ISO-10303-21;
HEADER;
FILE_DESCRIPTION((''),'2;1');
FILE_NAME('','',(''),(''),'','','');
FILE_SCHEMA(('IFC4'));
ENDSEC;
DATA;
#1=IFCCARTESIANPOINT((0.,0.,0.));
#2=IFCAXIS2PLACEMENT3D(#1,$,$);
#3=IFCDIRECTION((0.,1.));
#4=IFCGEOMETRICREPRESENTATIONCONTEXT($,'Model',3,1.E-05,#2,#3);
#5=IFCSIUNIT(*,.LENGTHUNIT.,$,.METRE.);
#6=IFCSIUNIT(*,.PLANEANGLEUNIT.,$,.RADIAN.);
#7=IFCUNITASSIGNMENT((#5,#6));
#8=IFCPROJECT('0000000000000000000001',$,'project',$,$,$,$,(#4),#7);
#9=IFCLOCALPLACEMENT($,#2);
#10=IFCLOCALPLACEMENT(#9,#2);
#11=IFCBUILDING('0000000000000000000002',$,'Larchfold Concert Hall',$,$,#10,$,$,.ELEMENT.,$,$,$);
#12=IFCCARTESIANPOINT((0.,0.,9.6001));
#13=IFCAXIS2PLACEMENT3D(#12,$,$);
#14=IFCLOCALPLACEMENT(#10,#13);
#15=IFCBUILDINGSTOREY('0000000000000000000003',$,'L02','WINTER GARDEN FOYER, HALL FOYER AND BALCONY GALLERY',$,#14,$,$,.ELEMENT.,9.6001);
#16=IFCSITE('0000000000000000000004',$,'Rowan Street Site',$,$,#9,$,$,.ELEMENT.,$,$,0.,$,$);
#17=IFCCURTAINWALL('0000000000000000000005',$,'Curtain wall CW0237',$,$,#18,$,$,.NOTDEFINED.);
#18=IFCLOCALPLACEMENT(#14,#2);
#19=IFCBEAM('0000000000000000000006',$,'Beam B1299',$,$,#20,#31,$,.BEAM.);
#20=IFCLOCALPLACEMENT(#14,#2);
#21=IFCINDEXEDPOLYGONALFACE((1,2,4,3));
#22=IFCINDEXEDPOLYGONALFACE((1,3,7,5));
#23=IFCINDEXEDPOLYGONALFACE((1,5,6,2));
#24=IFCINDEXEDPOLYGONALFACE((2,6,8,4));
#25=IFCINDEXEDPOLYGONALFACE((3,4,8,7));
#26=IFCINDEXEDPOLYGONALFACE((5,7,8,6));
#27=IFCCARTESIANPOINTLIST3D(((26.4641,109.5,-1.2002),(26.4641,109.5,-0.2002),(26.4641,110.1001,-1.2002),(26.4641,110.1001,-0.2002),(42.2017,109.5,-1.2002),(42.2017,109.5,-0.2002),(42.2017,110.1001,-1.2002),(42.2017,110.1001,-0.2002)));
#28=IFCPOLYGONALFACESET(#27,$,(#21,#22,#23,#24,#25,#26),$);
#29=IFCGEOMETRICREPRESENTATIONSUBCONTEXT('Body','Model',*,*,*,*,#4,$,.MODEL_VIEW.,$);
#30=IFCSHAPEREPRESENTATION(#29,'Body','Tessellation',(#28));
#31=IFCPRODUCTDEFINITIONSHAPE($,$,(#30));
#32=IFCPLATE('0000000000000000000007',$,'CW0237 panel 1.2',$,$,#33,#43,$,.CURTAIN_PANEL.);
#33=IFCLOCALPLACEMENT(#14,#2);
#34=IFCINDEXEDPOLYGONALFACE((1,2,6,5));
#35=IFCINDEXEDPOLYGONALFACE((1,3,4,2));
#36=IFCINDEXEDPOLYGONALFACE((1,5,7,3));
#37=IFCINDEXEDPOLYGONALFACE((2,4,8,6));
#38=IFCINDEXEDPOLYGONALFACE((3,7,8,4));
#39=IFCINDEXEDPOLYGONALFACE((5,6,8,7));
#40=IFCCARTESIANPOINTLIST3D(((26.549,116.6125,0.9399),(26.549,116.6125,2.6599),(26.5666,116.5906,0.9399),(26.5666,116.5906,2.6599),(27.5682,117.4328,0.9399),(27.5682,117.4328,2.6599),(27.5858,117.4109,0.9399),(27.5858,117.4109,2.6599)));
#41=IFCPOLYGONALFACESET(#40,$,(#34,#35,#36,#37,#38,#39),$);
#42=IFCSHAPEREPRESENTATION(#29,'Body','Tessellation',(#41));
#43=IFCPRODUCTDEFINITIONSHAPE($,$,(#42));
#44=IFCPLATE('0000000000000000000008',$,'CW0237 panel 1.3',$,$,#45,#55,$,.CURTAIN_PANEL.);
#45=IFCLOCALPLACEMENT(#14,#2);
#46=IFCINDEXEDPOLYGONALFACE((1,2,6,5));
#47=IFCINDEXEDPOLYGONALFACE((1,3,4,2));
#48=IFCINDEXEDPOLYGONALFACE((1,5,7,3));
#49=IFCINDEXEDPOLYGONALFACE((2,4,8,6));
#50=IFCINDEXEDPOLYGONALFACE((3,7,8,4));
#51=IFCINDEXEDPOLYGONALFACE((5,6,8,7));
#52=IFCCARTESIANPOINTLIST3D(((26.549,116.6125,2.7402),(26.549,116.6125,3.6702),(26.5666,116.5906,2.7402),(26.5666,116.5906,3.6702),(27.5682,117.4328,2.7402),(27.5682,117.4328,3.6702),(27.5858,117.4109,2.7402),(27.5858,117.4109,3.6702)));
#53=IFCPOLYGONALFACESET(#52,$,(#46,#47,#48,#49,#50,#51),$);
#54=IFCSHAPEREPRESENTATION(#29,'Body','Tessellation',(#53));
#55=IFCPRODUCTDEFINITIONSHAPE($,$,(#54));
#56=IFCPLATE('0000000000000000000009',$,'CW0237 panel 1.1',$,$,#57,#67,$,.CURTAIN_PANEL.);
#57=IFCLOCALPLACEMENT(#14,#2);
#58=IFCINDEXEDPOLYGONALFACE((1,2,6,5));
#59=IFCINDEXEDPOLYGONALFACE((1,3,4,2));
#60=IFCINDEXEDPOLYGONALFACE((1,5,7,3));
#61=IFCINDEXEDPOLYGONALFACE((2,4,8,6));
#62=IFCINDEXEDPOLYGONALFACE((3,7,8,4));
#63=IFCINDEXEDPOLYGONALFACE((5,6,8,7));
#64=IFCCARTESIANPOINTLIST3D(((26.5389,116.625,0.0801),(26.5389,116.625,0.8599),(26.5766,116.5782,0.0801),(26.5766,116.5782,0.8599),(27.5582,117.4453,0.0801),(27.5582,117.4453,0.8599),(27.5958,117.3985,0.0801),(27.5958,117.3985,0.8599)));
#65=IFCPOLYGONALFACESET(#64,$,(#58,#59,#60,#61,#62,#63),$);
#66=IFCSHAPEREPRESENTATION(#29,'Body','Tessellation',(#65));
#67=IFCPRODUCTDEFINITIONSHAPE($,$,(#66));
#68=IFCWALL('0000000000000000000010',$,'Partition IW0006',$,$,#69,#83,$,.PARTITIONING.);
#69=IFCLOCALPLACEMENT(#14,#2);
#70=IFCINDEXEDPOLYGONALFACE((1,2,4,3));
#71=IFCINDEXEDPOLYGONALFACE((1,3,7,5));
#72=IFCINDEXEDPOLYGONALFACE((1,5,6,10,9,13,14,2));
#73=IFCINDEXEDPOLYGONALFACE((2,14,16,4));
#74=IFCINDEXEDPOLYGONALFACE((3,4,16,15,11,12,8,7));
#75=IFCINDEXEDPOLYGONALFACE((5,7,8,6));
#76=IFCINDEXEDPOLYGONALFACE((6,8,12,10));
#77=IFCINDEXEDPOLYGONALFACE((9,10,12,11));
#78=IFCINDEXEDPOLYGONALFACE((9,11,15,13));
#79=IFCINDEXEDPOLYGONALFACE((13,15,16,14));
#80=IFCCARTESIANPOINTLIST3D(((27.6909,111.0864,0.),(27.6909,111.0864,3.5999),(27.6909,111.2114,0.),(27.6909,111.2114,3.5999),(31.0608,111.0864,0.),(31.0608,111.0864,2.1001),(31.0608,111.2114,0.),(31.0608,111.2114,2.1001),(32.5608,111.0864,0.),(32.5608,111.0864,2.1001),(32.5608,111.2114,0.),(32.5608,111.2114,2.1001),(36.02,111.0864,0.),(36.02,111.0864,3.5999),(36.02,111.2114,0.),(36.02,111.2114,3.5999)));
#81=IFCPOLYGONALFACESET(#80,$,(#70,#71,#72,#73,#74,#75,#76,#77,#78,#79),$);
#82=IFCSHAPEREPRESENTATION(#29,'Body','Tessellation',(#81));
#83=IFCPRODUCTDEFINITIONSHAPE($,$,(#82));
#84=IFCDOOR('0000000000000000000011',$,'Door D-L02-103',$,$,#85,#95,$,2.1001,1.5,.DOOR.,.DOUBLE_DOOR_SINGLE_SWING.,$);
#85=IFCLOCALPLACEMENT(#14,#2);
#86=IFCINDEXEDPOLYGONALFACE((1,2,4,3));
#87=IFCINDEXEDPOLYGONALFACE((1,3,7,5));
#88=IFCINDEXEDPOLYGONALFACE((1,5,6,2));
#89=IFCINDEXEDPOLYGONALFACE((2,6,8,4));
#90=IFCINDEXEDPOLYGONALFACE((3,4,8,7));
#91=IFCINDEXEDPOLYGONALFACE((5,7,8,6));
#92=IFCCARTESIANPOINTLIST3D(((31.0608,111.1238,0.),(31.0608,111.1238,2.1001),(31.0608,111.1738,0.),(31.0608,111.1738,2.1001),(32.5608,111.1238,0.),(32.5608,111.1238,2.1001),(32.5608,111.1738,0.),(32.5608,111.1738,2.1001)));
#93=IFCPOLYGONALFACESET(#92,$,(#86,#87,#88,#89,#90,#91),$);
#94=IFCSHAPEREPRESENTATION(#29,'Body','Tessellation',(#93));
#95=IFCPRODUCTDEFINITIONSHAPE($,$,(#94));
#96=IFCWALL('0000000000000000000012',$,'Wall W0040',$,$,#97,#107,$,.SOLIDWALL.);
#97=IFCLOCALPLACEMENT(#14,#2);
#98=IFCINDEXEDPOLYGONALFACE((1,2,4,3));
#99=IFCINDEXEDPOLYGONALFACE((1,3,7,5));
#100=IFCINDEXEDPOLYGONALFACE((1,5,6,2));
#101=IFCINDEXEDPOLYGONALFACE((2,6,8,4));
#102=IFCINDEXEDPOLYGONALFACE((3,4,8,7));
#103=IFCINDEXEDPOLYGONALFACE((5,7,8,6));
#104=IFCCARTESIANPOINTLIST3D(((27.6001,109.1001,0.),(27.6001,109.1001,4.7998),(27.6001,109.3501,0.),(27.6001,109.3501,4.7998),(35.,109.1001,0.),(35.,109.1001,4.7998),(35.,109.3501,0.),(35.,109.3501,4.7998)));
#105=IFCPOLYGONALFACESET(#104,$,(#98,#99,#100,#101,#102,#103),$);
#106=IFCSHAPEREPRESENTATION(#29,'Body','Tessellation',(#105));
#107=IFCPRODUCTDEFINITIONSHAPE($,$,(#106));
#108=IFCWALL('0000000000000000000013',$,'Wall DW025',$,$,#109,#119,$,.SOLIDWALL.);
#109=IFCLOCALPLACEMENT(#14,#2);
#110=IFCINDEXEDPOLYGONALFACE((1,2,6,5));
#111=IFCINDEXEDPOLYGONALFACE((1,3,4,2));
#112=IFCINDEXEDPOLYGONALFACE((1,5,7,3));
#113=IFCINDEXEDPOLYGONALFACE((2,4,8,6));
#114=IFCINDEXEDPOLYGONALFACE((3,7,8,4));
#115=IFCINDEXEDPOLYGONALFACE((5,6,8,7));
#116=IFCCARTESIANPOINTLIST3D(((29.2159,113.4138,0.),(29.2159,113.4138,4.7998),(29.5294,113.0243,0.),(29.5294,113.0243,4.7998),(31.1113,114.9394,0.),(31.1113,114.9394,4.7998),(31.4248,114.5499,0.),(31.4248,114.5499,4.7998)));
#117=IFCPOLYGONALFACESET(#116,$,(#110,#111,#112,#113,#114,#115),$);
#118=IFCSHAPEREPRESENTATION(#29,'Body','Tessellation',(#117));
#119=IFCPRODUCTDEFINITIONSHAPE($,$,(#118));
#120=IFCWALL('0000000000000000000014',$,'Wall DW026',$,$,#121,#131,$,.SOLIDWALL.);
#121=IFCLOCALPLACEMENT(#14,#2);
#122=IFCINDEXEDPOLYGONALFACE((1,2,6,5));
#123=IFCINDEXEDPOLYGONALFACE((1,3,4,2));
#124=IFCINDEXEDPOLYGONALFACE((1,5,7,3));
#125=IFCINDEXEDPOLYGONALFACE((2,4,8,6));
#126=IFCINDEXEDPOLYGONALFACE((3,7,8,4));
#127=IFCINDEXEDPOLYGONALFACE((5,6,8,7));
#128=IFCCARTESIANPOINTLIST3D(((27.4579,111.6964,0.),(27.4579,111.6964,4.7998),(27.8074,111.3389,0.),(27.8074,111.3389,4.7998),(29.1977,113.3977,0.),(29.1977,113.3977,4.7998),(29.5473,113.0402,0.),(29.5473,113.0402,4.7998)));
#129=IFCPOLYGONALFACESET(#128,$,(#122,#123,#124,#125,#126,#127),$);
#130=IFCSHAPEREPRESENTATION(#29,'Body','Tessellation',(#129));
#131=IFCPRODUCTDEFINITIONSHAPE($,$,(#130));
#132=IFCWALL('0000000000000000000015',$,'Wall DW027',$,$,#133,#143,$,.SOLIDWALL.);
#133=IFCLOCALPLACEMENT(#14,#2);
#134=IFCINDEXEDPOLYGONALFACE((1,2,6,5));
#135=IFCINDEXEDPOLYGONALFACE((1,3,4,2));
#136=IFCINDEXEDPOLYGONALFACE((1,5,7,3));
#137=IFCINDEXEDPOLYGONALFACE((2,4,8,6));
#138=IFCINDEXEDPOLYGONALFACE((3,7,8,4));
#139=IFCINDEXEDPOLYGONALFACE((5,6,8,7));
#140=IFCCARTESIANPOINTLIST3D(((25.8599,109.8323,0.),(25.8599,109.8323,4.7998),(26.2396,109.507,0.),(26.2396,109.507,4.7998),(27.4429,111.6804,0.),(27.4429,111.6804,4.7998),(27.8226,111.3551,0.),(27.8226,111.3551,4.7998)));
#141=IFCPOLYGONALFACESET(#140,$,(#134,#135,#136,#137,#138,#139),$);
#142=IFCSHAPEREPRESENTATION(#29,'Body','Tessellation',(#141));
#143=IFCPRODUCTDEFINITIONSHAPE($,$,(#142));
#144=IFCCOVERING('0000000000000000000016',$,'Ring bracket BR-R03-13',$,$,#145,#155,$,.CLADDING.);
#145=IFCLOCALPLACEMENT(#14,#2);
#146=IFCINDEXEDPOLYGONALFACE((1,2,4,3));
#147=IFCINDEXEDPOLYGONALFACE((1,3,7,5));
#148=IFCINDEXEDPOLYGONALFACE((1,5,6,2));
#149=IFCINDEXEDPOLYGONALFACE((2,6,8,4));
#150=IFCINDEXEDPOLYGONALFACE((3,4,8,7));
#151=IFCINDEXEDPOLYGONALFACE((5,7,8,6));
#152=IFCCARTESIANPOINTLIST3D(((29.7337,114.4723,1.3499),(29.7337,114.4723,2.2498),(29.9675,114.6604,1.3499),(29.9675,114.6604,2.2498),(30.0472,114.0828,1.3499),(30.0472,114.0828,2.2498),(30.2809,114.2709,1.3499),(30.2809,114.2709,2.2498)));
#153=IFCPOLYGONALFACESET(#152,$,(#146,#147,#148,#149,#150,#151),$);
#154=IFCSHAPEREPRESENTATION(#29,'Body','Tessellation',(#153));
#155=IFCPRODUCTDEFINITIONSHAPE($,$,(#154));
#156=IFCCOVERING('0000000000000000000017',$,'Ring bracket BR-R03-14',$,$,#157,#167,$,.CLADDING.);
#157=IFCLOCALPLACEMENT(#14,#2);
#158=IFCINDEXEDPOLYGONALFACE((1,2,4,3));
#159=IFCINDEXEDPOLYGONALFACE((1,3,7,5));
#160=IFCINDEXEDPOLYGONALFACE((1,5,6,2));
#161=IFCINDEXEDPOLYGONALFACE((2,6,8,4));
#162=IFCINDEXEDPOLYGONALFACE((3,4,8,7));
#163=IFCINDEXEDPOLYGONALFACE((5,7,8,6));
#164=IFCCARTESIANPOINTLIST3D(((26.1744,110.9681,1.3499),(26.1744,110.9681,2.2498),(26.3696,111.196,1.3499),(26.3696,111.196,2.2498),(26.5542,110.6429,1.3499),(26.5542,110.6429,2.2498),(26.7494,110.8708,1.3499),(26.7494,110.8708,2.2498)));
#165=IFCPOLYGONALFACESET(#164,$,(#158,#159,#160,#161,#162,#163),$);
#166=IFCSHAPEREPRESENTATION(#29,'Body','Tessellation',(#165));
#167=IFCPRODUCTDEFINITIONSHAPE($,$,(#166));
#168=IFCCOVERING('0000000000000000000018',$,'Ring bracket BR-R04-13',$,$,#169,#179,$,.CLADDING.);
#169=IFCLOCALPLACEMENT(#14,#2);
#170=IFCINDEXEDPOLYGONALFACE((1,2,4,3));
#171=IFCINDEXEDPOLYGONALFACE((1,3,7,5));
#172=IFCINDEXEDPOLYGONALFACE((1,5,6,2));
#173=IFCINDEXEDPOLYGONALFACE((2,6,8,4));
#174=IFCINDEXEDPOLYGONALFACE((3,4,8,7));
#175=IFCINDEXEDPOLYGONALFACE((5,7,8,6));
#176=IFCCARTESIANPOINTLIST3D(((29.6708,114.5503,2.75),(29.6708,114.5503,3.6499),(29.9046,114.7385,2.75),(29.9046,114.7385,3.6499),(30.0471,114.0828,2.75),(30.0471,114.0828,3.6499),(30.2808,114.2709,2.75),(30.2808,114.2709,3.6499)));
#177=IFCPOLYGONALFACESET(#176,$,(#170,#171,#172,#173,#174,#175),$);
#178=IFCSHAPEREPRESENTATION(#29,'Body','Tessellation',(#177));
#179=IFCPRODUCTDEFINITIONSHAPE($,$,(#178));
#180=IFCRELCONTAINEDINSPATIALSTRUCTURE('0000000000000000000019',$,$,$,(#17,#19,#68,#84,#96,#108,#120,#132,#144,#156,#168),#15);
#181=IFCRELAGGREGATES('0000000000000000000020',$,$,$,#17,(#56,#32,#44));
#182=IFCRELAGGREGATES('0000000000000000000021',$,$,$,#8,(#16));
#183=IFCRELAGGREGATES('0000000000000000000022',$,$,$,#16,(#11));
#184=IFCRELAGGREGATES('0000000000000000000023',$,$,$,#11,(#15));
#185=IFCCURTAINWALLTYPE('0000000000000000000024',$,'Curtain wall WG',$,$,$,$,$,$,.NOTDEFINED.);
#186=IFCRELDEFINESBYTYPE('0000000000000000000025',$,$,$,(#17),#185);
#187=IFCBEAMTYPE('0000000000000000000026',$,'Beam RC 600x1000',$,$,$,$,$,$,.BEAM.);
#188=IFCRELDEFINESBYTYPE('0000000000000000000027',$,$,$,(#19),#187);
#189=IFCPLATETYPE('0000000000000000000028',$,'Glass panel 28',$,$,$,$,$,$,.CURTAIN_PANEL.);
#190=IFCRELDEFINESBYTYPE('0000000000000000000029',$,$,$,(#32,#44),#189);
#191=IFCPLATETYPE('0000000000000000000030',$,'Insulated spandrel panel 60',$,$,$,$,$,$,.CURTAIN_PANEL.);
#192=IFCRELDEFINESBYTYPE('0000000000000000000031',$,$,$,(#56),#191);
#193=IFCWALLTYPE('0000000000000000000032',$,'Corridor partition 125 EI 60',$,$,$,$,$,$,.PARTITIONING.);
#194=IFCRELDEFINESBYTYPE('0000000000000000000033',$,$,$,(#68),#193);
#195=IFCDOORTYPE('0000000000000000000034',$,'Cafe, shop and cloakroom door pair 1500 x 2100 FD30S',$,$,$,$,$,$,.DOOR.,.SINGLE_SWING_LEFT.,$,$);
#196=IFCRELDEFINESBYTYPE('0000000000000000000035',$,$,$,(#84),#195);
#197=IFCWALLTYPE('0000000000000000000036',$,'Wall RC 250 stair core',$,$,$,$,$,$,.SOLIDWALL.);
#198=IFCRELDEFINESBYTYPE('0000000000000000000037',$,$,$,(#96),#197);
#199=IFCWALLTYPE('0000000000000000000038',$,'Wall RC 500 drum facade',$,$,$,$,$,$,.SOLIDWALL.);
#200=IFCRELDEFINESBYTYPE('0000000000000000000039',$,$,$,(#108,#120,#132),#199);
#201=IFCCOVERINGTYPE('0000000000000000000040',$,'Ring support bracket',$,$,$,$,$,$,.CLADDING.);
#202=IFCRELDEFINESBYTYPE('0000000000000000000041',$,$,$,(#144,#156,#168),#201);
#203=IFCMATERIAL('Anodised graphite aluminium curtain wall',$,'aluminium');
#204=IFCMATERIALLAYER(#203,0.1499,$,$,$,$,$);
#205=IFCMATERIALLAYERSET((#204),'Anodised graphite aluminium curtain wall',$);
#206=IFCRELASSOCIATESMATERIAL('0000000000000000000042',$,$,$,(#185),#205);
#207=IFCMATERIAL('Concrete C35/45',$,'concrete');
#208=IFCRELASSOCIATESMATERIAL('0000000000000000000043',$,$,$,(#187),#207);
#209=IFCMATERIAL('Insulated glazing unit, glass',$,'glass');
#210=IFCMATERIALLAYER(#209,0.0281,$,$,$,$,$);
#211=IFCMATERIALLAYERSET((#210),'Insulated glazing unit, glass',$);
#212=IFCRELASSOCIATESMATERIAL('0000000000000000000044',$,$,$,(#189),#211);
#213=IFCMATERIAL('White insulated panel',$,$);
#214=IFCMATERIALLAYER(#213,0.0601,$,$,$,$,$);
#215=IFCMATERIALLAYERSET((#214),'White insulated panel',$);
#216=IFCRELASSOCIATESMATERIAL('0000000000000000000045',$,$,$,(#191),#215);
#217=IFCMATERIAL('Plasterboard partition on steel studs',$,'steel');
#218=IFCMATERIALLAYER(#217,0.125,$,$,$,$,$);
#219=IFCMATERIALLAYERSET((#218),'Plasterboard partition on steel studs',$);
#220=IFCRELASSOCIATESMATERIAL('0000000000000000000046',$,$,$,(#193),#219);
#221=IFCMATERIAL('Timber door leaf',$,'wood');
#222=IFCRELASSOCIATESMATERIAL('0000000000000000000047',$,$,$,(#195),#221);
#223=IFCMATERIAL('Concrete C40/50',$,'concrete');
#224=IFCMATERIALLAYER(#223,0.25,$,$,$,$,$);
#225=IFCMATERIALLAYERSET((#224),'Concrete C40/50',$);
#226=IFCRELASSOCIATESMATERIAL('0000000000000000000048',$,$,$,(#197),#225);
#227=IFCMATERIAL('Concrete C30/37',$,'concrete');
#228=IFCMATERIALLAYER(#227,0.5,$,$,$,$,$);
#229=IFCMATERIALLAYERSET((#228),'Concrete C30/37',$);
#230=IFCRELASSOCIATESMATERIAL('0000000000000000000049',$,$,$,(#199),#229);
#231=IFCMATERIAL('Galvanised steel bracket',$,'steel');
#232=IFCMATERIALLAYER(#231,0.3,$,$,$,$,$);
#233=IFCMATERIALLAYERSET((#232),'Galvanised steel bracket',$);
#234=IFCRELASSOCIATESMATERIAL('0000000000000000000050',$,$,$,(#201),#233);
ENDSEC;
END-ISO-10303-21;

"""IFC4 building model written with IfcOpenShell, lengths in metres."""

from ifc_helpers import new_model, si_unit, direction, frame, frame_2d, origin, origin_2d, place, context, subcontext, project, spatial, rectangle, extrude, material, layer, layer_set, material_profile, profile_set, type_object, element, fill, aggregate, save


model = new_model("IFC4")

# Units and contexts
model_context = context("Model", 3, precision=1e-05, world=origin(), true_north=direction((0.0, 1.0)))
body_context = subcontext(model_context, "Body", "Model", "MODEL_VIEW")
ifc_project = project(units=[si_unit("LENGTHUNIT", "METRE"), si_unit("PLANEANGLEUNIT", "RADIAN")], contexts=[model_context])

# Site, building, storey
site_placement = place(None, origin())
site = spatial("IfcSite", under=ifc_project, at=site_placement, Name="Rowan Street Site", CompositionType="ELEMENT", RefElevation=0.0)
building_placement = place(site_placement, origin())
building = spatial("IfcBuilding", under=site, at=building_placement, Name="Larchfold Concert Hall", CompositionType="ELEMENT")
storey_placement = place(building_placement, frame((0.0, 0.0, 9.6001)))
storey = spatial("IfcBuildingStorey", under=building, at=storey_placement, Name="L02", Description="WINTER GARDEN FOYER, HALL FOYER AND BALCONY GALLERY", CompositionType="ELEMENT", Elevation=9.6001)

# Shared definitions
ifc_material_1 = material(Name="Anodised graphite aluminium curtain wall", Category="aluminium")
ifc_layer_1 = layer(ifc_material_1, 0.1499)
ifc_layer_set_1 = layer_set([ifc_layer_1], Name="Anodised graphite aluminium curtain wall")
curtain_wall_type = type_object("IfcCurtainWallType", Name="Curtain wall WG", PredefinedType="NOTDEFINED", material=ifc_layer_set_1)

# Curtain wall
curtain_wall_1_placement = place(storey_placement, origin())
curtain_wall_1 = element("IfcCurtainWall", 1, at=curtain_wall_1_placement, inside=storey, type_object=curtain_wall_type, Name="Curtain wall CW0237", PredefinedType="NOTDEFINED")

# Beam
ifc_material_2 = material(Name="Concrete C35/45", Category="concrete")
ifc_material_profile_1 = material_profile(ifc_material_2, rectangle(XDim=0.6001, YDim=1.0, at=origin_2d()))
ifc_profile_set_1 = profile_set([ifc_material_profile_1], Name="Concrete C35/45")
beam_type_1 = type_object("IfcBeamType", Name="Beam RC 600x1000", PredefinedType="BEAM", material=ifc_profile_set_1)
beam_1_placement = place(storey_placement, frame((26.4641, 109.8, -0.7002), z_axis=(1.0, 0.0, 0.0), x_axis=(0.0, 1.0, 0.0)))
element("IfcBeam", 2, at=beam_1_placement, inside=storey, type_object=beam_type_1, Name="Beam B1299", PredefinedType="BEAM", context=body_context, shape_type="SweptSolid", body=[
    extrude(rectangle(XDim=0.6001, YDim=1.0, at=origin_2d()), origin(), (0.0, 0.0, 1.0), 15.7375),
])

# Plates
ifc_material_3 = material(Name="Insulated glazing unit, glass", Category="glass")
ifc_layer_2 = layer(ifc_material_3, 0.0281)
ifc_layer_set_2 = layer_set([ifc_layer_2], Name="Insulated glazing unit, glass")
plate_type_1 = type_object("IfcPlateType", Name="Glass panel 28", PredefinedType="CURTAIN_PANEL", material=ifc_layer_set_2)
plate_1_placement = place(storey_placement, frame((27.0674, 117.0117, 0.9399), z_axis=(0.0, 0.0, 1.0), x_axis=(0.779043, 0.626971, 0.0)))
plate_1 = element("IfcPlate", 3, at=plate_1_placement, type_object=plate_type_1, Name="CW0237 panel 1.2", PredefinedType="CURTAIN_PANEL", context=body_context, shape_type="SweptSolid", body=[
    extrude(rectangle(XDim=1.3083, YDim=0.0281, at=origin_2d()), origin(), (0.0, 0.0, 1.0), 1.72),
])
plate_2_placement = place(storey_placement, frame((27.0674, 117.0117, 2.7402), z_axis=(0.0, 0.0, 1.0), x_axis=(0.779043, 0.626971, 0.0)))
plate_2 = element("IfcPlate", 4, at=plate_2_placement, type_object=plate_type_1, Name="CW0237 panel 1.3", PredefinedType="CURTAIN_PANEL", context=body_context, shape_type="SweptSolid", body=[
    extrude(rectangle(XDim=1.3083, YDim=0.0281, at=origin_2d()), origin(), (0.0, 0.0, 1.0), 0.9299),
])
ifc_material_4 = material(Name="White insulated panel")
ifc_layer_3 = layer(ifc_material_4, 0.0601)
ifc_layer_set_3 = layer_set([ifc_layer_3], Name="White insulated panel")
plate_type_2 = type_object("IfcPlateType", Name="Insulated spandrel panel 60", PredefinedType="CURTAIN_PANEL", material=ifc_layer_set_3)
plate_3_placement = place(storey_placement, frame((27.0674, 117.0117, 0.0801), z_axis=(0.0, 0.0, 1.0), x_axis=(0.779043, 0.626971, 0.0)))
plate_3 = element("IfcPlate", 5, at=plate_3_placement, type_object=plate_type_2, Name="CW0237 panel 1.1", PredefinedType="CURTAIN_PANEL", context=body_context, shape_type="SweptSolid", body=[
    extrude(rectangle(XDim=1.3083, YDim=0.0601, at=origin_2d()), origin(), (0.0, 0.0, 1.0), 0.7798),
])
aggregate(curtain_wall_1, [plate_3, plate_1, plate_2])

# Wall, opening, door
ifc_material_5 = material(Name="Plasterboard partition on steel studs", Category="steel")
ifc_layer_4 = layer(ifc_material_5, 0.125)
ifc_layer_set_4 = layer_set([ifc_layer_4], Name="Plasterboard partition on steel studs")
wall_type_1 = type_object("IfcWallType", Name="Corridor partition 125 EI 60", PredefinedType="PARTITIONING", material=ifc_layer_set_4)
wall_1_placement = place(storey_placement, frame((27.6909, 111.1489, 0.0), z_axis=(0.0, 0.0, 1.0), x_axis=(1.0, 0.0, 0.0)))
wall_1 = element("IfcWall", 6, at=wall_1_placement, inside=storey, type_object=wall_type_1, Name="Partition IW0006", PredefinedType="PARTITIONING", context=body_context, shape_type="SweptSolid", body=[
    extrude(rectangle(XDim=8.3291, YDim=0.125, at=frame_2d((4.1646, 0.0))), origin(), (0.0, 0.0, 1.0), 3.5999),
])
opening_placement = place(wall_1_placement, frame((3.3699, 0.0, 0.0)))
opening = element("IfcOpeningElement", 7, at=opening_placement, cuts=wall_1, PredefinedType="OPENING", context=body_context, shape_type="SweptSolid", body=[
    extrude(rectangle(XDim=1.5, YDim=2.1001, at=frame_2d((0.75, 1.05))), frame((0.0, 0.0725, 0.0), z_axis=(0.0, -1.0, 0.0), x_axis=(1.0, 0.0, 0.0)), (0.0, 0.0, 1.0), 0.145),
])
ifc_material_6 = material(Name="Timber door leaf", Category="wood")
door_type = type_object("IfcDoorType", Name="Cafe, shop and cloakroom door pair 1500 x 2100 FD30S", OperationType="SINGLE_SWING_LEFT", PredefinedType="DOOR", material=ifc_material_6)
door_placement = place(opening_placement, origin())
door = element("IfcDoor", 8, at=door_placement, inside=storey, type_object=door_type, Name="Door D-L02-103", OperationType="DOUBLE_DOOR_SINGLE_SWING", OverallHeight=2.1001, OverallWidth=1.5, PredefinedType="DOOR", context=body_context, shape_type="SweptSolid", body=[
    extrude(rectangle(XDim=1.5, YDim=2.1001, at=frame_2d((0.75, 1.05))), frame((0.0, 0.0249, 0.0), z_axis=(0.0, -1.0, 0.0), x_axis=(1.0, 0.0, 0.0)), (0.0, 0.0, 1.0), 0.05),
])
fill(opening, door)

# Walls
ifc_material_7 = material(Name="Concrete C40/50", Category="concrete")
ifc_layer_5 = layer(ifc_material_7, 0.25)
ifc_layer_set_5 = layer_set([ifc_layer_5], Name="Concrete C40/50")
wall_type_2 = type_object("IfcWallType", Name="Wall RC 250 stair core", PredefinedType="SOLIDWALL", material=ifc_layer_set_5)
wall_2_placement = place(storey_placement, frame((27.6001, 109.2251, 0.0), z_axis=(0.0, 0.0, 1.0), x_axis=(1.0, 0.0, 0.0)))
element("IfcWall", 9, at=wall_2_placement, inside=storey, type_object=wall_type_2, Name="Wall W0040", PredefinedType="SOLIDWALL", context=body_context, shape_type="SweptSolid", body=[
    extrude(rectangle(XDim=7.3999, YDim=0.25, at=frame_2d((3.7, 0.0))), origin(), (0.0, 0.0, 1.0), 4.7998),
])
ifc_material_8 = material(Name="Concrete C30/37", Category="concrete")
ifc_layer_6 = layer(ifc_material_8, 0.5)
ifc_layer_set_6 = layer_set([ifc_layer_6], Name="Concrete C30/37")
wall_type_3 = type_object("IfcWallType", Name="Wall RC 500 drum facade", PredefinedType="SOLIDWALL", material=ifc_layer_set_6)
wall_3_placement = place(storey_placement, frame((31.2681, 114.7446, 0.0), z_axis=(0.0, 0.0, 1.0), x_axis=(-0.779015, -0.627005, 0.0)))
element("IfcWall", 10, at=wall_3_placement, inside=storey, type_object=wall_type_3, Name="Wall DW025", PredefinedType="SOLIDWALL", context=body_context, shape_type="SweptSolid", body=[
    extrude(rectangle(XDim=2.4331, YDim=0.5, at=frame_2d((1.2166, 0.0))), origin(), (0.0, 0.0, 1.0), 4.7998),
])
for number, where, z_axis, x_axis, name in (
    (11, (29.3726, 113.219, 0.0), (0.0, 0.0, 1.0), (-0.714989, -0.699136, 0.0), "Wall DW026"),
    (12, (27.6328, 111.5178, 0.0), (0.0, 0.0, 1.0), (-0.650527, -0.759483, 0.0), "Wall DW027"),
):
    element("IfcWall", number, at=place(storey_placement, frame(where, z_axis=z_axis, x_axis=x_axis)), inside=storey, type_object=wall_type_3, Name=name, PredefinedType="SOLIDWALL", context=body_context, shape_type="SweptSolid", body=[
        extrude(rectangle(XDim=2.4333, YDim=0.5, at=frame_2d((1.2168, 0.0))), origin(), (0.0, 0.0, 1.0), 4.7998),
    ])

# Coverings
ifc_material_9 = material(Name="Galvanised steel bracket", Category="steel")
ifc_layer_7 = layer(ifc_material_9, 0.3)
ifc_layer_set_7 = layer_set([ifc_layer_7], Name="Galvanised steel bracket")
covering_type = type_object("IfcCoveringType", Name="Ring support bracket", PredefinedType="CLADDING", material=ifc_layer_set_7)
for number, where, z_axis, x_axis, name in (
    (13, (30.0073, 114.3716, 1.3499), (0.0, 0.0, 1.0), (-0.626933, 0.779073, 0.0), "Ring bracket BR-R03-13"),
    (14, (26.4619, 110.9194, 1.3499), (0.0, 0.0, 1.0), (-0.759502, 0.650505, 0.0), "Ring bracket BR-R03-14"),
):
    element("IfcCovering", number, at=place(storey_placement, frame(where, z_axis=z_axis, x_axis=x_axis)), inside=storey, type_object=covering_type, Name=name, PredefinedType="CLADDING", context=body_context, shape_type="SweptSolid", body=[
        extrude(rectangle(XDim=0.5, YDim=0.3, at=origin_2d()), origin(), (0.0, 0.0, 1.0), 0.8999),
    ])
for number, where, z_axis, x_axis, name in (
    (15, (29.9758, 114.4106, 2.75), (0.0, 0.0, 1.0), (-0.626933, 0.779073, 0.0), "Ring bracket BR-R04-13"),
):
    element("IfcCovering", number, at=place(storey_placement, frame(where, z_axis=z_axis, x_axis=x_axis)), inside=storey, type_object=covering_type, Name=name, PredefinedType="CLADDING", context=body_context, shape_type="SweptSolid", body=[
        extrude(rectangle(XDim=0.6001, YDim=0.3, at=origin_2d()), origin(), (0.0, 0.0, 1.0), 0.8999),
    ])

save(model, "model.ifc")
